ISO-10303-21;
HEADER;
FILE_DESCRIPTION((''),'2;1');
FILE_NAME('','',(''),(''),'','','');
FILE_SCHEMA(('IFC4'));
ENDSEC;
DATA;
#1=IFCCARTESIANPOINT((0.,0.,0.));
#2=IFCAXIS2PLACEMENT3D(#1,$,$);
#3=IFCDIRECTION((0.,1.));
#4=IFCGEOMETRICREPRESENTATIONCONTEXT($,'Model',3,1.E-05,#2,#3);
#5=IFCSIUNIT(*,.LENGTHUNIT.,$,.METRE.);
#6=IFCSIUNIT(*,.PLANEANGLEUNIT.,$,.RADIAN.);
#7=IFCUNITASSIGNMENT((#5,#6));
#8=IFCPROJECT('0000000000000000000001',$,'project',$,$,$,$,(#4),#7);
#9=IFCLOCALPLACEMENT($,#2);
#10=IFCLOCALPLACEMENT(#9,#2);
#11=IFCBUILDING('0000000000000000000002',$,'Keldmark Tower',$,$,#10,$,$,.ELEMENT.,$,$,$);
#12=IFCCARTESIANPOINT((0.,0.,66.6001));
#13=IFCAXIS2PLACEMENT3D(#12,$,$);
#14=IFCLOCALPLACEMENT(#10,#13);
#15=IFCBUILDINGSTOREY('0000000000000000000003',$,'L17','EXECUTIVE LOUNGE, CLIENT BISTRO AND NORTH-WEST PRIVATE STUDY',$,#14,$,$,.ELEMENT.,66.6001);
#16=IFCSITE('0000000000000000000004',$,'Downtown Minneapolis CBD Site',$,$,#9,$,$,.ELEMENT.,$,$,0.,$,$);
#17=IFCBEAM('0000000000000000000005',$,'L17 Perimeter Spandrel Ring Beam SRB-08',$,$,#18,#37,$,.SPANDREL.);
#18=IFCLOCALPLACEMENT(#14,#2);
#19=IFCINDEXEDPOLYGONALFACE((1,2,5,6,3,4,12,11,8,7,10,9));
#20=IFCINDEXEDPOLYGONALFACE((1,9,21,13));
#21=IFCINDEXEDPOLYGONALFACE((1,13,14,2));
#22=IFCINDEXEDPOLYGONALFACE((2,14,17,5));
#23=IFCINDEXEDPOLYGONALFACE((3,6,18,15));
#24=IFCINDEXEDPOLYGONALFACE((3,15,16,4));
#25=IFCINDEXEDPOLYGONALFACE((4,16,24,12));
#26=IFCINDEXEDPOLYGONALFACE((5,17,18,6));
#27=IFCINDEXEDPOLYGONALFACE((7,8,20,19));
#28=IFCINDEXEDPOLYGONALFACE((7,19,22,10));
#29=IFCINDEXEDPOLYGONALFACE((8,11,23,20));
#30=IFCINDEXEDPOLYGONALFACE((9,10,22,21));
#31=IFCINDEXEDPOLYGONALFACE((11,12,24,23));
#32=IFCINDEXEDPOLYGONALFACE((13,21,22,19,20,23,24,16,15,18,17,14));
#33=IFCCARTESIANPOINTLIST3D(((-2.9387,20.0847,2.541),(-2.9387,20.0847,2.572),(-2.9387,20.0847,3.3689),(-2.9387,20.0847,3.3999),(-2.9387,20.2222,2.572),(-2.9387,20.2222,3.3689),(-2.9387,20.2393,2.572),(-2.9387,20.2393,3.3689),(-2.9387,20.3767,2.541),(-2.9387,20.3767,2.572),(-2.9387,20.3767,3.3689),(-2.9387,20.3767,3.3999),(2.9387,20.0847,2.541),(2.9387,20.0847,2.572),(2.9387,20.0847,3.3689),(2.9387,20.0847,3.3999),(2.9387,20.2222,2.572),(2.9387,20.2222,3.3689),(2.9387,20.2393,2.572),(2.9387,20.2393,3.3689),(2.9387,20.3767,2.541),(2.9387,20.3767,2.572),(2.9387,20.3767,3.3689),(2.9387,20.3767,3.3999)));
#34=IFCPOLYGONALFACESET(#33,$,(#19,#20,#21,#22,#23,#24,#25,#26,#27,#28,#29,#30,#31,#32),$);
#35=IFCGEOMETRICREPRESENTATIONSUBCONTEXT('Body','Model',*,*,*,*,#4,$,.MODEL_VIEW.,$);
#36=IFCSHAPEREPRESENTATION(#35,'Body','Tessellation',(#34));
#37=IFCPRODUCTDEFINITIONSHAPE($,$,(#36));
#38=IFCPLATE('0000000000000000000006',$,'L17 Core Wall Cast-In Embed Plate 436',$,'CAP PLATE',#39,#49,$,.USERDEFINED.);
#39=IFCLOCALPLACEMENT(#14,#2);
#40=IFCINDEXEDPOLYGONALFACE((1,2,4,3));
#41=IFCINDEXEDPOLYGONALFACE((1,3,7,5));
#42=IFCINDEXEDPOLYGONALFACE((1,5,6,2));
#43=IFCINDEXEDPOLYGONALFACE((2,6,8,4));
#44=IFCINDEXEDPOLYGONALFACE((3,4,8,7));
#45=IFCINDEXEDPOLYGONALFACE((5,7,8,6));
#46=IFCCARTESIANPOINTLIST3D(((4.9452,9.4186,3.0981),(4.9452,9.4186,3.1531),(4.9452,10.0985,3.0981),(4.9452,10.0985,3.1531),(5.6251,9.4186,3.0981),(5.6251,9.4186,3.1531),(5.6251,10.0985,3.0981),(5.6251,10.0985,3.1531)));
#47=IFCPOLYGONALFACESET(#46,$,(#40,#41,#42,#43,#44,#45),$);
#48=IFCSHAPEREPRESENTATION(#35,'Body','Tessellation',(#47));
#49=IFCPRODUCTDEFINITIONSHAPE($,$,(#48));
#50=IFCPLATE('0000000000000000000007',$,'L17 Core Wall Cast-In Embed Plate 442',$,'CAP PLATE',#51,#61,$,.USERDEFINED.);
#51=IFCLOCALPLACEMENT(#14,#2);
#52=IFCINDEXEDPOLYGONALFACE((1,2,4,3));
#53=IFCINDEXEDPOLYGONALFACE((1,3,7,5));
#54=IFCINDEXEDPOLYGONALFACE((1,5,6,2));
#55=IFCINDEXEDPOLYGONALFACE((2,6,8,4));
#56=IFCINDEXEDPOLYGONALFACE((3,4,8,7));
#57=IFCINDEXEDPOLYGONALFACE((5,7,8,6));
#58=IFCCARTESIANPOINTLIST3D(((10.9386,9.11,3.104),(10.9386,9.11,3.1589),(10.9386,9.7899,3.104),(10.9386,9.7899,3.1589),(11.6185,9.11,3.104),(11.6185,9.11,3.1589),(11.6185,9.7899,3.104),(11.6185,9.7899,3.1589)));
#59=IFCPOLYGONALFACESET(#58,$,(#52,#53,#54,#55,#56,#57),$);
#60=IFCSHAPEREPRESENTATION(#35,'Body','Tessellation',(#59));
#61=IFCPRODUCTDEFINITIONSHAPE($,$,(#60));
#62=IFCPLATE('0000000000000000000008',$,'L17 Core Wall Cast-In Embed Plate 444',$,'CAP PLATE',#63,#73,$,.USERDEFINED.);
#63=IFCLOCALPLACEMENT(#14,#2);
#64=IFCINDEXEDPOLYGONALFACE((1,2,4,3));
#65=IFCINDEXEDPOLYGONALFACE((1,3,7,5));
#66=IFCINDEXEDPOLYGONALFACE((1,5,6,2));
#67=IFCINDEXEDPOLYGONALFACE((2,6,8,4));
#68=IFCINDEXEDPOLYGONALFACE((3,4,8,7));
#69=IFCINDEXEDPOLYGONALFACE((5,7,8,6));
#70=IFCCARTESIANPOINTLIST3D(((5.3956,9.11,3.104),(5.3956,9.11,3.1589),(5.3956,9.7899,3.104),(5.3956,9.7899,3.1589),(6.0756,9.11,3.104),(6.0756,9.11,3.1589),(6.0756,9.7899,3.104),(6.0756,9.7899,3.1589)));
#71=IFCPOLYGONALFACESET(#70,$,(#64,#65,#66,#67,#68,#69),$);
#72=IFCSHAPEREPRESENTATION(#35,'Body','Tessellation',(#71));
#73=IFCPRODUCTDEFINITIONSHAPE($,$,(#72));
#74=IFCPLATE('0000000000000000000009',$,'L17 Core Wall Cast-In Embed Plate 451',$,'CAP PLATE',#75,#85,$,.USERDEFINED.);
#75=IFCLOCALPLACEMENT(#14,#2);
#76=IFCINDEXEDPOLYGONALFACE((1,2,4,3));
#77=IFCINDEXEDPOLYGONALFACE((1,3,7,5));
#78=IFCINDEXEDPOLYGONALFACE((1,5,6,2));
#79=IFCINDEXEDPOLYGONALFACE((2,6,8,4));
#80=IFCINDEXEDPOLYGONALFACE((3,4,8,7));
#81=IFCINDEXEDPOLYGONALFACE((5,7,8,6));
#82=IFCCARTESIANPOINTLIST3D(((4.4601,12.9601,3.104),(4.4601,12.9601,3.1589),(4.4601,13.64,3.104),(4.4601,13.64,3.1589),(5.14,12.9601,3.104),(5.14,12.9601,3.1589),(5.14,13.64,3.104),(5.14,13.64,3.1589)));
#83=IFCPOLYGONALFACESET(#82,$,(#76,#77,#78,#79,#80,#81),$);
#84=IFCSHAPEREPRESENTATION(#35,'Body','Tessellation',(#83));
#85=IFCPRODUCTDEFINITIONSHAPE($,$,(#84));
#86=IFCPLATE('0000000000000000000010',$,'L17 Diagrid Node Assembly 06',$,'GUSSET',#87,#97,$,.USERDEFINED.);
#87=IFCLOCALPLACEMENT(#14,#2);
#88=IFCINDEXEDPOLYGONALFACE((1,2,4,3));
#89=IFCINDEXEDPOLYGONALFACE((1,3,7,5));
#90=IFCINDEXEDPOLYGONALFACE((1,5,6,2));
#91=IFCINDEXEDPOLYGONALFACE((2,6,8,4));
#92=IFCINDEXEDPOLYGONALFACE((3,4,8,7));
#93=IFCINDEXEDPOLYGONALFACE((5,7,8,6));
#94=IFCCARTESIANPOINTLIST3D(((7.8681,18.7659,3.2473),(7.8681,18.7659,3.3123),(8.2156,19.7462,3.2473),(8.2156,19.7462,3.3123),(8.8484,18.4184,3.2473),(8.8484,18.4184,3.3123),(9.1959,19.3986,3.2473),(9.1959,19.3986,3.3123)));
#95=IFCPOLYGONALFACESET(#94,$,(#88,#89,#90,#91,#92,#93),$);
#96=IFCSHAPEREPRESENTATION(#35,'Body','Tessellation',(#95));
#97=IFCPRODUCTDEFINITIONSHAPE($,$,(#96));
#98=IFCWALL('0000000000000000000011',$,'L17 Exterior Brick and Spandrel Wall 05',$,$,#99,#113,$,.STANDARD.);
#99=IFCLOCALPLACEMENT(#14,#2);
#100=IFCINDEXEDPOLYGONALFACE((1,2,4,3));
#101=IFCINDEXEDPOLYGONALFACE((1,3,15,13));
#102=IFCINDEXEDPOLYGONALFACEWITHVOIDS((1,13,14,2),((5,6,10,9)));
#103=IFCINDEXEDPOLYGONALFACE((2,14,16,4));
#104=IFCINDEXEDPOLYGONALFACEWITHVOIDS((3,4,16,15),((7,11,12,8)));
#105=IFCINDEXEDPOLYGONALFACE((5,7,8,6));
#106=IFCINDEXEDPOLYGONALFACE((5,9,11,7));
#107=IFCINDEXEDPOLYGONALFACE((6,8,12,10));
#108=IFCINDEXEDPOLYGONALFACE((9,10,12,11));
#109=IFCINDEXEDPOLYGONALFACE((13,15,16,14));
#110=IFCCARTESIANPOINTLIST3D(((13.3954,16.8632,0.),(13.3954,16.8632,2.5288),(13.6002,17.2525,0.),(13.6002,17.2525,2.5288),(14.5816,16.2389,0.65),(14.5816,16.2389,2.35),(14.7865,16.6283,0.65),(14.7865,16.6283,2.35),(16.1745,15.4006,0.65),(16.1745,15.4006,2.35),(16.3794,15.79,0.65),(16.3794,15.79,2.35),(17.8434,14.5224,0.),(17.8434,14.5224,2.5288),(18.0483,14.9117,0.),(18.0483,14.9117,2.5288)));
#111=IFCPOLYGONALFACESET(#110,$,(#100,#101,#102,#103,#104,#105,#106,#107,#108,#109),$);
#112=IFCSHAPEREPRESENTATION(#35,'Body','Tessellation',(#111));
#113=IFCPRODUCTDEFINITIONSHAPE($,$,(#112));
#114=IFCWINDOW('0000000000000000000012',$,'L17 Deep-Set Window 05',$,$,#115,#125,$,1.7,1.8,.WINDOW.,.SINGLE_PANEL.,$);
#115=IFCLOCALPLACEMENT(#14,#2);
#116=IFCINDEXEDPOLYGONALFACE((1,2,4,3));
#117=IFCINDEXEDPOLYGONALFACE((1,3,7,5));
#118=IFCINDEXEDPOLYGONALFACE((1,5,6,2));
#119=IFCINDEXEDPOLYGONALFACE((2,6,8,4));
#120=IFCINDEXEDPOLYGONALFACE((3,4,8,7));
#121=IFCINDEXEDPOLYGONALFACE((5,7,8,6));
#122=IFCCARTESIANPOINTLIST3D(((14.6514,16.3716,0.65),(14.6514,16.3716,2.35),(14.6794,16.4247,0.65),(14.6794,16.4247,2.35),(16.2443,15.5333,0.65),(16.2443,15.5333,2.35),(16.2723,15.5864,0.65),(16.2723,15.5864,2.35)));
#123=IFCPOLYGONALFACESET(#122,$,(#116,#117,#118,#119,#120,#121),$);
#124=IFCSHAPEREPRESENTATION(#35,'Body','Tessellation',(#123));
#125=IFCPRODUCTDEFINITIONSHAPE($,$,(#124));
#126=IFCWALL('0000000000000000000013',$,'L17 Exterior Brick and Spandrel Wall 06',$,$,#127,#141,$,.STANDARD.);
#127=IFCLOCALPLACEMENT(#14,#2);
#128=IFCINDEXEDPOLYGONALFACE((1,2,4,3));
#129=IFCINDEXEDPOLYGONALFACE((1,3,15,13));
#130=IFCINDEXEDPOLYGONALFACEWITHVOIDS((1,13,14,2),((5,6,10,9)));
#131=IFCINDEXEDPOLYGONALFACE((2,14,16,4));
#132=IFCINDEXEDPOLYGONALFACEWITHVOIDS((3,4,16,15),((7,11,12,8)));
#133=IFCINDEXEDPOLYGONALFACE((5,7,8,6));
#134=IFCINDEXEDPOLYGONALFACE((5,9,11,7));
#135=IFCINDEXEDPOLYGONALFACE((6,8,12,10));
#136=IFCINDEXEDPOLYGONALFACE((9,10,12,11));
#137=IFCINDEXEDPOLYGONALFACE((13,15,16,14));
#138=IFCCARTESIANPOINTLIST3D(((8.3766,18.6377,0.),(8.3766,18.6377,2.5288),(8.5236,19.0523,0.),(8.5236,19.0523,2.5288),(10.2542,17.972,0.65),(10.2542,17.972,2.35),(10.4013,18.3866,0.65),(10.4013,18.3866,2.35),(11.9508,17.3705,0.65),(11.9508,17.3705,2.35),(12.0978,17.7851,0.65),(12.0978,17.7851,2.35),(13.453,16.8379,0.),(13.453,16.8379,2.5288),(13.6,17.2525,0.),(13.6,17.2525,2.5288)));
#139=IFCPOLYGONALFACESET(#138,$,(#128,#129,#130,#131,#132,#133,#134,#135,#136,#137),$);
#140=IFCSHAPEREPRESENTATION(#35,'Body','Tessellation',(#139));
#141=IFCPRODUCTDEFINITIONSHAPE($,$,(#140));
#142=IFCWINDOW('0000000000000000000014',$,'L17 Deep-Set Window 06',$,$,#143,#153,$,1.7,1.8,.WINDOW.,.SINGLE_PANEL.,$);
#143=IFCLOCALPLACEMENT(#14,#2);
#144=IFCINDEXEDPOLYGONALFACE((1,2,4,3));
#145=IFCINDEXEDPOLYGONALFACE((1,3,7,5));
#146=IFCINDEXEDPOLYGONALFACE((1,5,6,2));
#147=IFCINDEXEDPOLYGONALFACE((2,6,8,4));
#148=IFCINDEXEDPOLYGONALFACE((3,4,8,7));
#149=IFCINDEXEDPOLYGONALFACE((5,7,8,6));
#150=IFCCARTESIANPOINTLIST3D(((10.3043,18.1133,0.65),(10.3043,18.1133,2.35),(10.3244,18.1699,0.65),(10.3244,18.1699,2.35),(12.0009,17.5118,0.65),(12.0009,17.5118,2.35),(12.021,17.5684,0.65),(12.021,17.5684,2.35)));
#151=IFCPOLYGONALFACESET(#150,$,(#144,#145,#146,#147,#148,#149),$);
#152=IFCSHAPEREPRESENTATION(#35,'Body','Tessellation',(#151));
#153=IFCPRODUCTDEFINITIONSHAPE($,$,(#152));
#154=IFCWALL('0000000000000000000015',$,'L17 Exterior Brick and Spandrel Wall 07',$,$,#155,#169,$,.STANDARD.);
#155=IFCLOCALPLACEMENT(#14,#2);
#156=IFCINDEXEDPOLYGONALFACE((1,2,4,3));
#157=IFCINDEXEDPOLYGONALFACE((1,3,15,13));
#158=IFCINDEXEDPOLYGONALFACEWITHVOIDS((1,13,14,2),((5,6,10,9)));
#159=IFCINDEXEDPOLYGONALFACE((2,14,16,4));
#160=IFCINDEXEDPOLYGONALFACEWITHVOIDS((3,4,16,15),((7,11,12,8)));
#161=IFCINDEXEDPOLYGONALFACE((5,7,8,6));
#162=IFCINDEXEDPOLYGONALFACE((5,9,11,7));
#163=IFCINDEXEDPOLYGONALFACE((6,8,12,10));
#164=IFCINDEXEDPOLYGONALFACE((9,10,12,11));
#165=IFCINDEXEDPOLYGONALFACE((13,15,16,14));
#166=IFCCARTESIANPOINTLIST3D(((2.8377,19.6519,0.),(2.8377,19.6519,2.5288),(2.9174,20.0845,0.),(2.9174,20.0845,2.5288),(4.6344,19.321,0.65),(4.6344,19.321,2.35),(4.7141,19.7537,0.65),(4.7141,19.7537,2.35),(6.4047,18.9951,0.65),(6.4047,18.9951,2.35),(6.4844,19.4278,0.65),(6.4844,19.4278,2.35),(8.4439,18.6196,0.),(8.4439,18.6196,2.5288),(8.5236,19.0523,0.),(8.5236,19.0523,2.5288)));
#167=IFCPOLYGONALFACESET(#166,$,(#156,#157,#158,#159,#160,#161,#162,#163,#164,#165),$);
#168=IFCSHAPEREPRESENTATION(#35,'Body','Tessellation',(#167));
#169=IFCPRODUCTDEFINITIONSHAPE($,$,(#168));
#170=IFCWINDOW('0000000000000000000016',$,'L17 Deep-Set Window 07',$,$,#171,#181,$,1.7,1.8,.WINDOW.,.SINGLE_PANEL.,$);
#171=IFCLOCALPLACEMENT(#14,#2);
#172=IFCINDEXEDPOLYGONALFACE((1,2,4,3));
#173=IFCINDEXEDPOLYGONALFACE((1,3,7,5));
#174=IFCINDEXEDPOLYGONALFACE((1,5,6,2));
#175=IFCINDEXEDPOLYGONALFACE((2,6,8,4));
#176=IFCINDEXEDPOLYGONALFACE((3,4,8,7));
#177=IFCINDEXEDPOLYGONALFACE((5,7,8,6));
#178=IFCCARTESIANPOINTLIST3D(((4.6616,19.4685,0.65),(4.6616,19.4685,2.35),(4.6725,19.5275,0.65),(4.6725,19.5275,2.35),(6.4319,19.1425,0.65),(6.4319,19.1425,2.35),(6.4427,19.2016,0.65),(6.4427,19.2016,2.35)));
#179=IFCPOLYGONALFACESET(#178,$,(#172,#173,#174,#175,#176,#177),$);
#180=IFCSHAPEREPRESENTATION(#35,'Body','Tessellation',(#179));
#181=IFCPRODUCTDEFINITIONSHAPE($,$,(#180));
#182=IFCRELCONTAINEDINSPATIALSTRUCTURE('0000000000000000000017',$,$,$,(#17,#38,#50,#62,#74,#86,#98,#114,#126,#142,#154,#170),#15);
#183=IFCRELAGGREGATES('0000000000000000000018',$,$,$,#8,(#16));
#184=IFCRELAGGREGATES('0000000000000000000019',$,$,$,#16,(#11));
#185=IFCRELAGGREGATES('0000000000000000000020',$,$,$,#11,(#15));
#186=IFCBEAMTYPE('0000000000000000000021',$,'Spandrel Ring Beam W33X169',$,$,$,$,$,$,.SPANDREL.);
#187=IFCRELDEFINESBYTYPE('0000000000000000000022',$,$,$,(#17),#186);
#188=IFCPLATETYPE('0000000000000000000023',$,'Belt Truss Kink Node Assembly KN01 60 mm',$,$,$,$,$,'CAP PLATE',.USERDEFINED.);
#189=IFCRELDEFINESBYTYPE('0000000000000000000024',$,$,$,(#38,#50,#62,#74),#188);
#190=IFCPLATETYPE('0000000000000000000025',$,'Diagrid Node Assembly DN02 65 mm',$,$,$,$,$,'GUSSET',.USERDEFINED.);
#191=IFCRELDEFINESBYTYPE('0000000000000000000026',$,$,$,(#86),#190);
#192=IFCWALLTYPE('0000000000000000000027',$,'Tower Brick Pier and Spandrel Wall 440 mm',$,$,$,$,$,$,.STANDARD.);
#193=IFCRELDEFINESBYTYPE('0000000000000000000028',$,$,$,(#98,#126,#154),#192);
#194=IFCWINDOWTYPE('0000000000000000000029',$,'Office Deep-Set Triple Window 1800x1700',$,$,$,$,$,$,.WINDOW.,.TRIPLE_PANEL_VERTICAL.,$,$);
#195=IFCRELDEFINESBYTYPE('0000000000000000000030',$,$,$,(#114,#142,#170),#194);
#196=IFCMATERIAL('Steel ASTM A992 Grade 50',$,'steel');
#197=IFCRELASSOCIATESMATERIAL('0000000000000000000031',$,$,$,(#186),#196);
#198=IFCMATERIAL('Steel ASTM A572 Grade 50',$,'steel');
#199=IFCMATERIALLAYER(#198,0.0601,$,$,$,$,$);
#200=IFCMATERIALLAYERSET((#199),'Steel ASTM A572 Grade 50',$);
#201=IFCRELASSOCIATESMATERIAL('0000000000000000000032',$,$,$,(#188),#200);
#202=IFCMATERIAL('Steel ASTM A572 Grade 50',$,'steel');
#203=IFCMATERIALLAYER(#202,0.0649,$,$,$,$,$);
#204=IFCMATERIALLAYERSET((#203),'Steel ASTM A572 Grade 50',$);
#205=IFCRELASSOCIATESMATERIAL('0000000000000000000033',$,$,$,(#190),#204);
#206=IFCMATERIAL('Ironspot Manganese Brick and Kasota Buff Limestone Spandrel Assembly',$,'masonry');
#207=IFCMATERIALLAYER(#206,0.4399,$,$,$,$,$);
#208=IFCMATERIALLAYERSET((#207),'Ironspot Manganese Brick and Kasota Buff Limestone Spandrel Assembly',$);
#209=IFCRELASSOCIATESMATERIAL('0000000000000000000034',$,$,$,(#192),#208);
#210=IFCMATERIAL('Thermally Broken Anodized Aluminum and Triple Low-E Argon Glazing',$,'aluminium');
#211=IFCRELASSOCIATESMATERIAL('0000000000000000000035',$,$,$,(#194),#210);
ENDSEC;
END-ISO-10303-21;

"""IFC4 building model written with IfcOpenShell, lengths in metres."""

from ifc_helpers import new_model, si_unit, direction, frame, frame_2d, origin, origin_2d, place, context, subcontext, project, spatial, rectangle, i_section, extrude, material, layer, layer_set, material_profile, profile_set, type_object, element, fill, save


model = new_model("IFC4")

# Units and contexts
model_context = context("Model", 3, precision=1e-05, world=origin(), true_north=direction((0.0, 1.0)))
body_context = subcontext(model_context, "Body", "Model", "MODEL_VIEW")
ifc_project = project(units=[si_unit("LENGTHUNIT", "METRE"), si_unit("PLANEANGLEUNIT", "RADIAN")], contexts=[model_context])

# Site, building, storey
site_placement = place(None, origin())
site = spatial("IfcSite", under=ifc_project, at=site_placement, Name="Downtown Minneapolis CBD Site", CompositionType="ELEMENT", RefElevation=0.0)
building_placement = place(site_placement, origin())
building = spatial("IfcBuilding", under=site, at=building_placement, Name="Keldmark Tower", CompositionType="ELEMENT")
storey_placement = place(building_placement, frame((0.0, 0.0, 66.6001)))
storey = spatial("IfcBuildingStorey", under=building, at=storey_placement, Name="L17", Description="EXECUTIVE LOUNGE, CLIENT BISTRO AND NORTH-WEST PRIVATE STUDY", CompositionType="ELEMENT", Elevation=66.6001)

# Beam
ifc_material_1 = material(Name="Steel ASTM A992 Grade 50", Category="steel")
ifc_material_profile_1 = material_profile(ifc_material_1, i_section(OverallWidth=0.292, OverallDepth=0.8589, WebThickness=0.0171, FlangeThickness=0.031, at=origin_2d()), Name="W33X169")
ifc_profile_set_1 = profile_set([ifc_material_profile_1], Name="Steel ASTM A992 Grade 50")
beam_type_1 = type_object("IfcBeamType", Name="Spandrel Ring Beam W33X169", PredefinedType="SPANDREL", material=ifc_profile_set_1)
beam_1_placement = place(storey_placement, frame((2.9387, 20.2307, 2.9705), z_axis=(-1.0, 0.0, 0.0), x_axis=(0.0, -1.0, 0.0)))
element("IfcBeam", 1, at=beam_1_placement, inside=storey, type_object=beam_type_1, Name="L17 Perimeter Spandrel Ring Beam SRB-08", PredefinedType="SPANDREL", context=body_context, shape_type="SweptSolid", body=[
    extrude(i_section(OverallWidth=0.292, OverallDepth=0.8589, WebThickness=0.0171, FlangeThickness=0.031, at=origin_2d()), origin(), (0.0, 0.0, 1.0), 5.8774),
])

# Plates
ifc_material_2 = material(Name="Steel ASTM A572 Grade 50", Category="steel")
ifc_layer_1 = layer(ifc_material_2, 0.0601)
ifc_layer_set_1 = layer_set([ifc_layer_1], Name="Steel ASTM A572 Grade 50")
plate_type_1 = type_object("IfcPlateType", Name="Belt Truss Kink Node Assembly KN01 60 mm", ElementType="CAP PLATE", PredefinedType="USERDEFINED", material=ifc_layer_set_1)
for number, where, z_axis, x_axis, name in (
    (2, (5.2852, 9.7585, 3.0981), (0.0, 0.0, 1.0), (1.0, 0.0, 0.0), "L17 Core Wall Cast-In Embed Plate 436"),
    (3, (11.2786, 9.45, 3.104), (0.0, 0.0, 1.0), (1.0, 0.0, 0.0), "L17 Core Wall Cast-In Embed Plate 442"),
    (4, (5.7356, 9.45, 3.104), (0.0, 0.0, 1.0), (1.0, 0.0, 0.0), "L17 Core Wall Cast-In Embed Plate 444"),
    (5, (4.8, 13.3, 3.104), (0.0, 0.0, 1.0), (1.0, 0.0, 0.0), "L17 Core Wall Cast-In Embed Plate 451"),
):
    element("IfcPlate", number, at=place(storey_placement, frame(where, z_axis=z_axis, x_axis=x_axis)), inside=storey, type_object=plate_type_1, Name=name, ObjectType="CAP PLATE", PredefinedType="USERDEFINED", context=body_context, shape_type="SweptSolid", body=[
        extrude(rectangle(XDim=0.6799, YDim=0.6799, at=origin_2d()), origin(), (0.0, 0.0, 1.0), 0.0549),
    ])
ifc_material_3 = material(Name="Steel ASTM A572 Grade 50", Category="steel")
ifc_layer_2 = layer(ifc_material_3, 0.0649)
ifc_layer_set_2 = layer_set([ifc_layer_2], Name="Steel ASTM A572 Grade 50")
plate_type_2 = type_object("IfcPlateType", Name="Diagrid Node Assembly DN02 65 mm", ElementType="GUSSET", PredefinedType="USERDEFINED", material=ifc_layer_set_2)
plate_placement = place(storey_placement, frame((8.532, 19.0823, 3.2473), z_axis=(0.0, 0.0, 1.0), x_axis=(-0.942525, 0.334136, 0.0)))
element("IfcPlate", 6, at=plate_placement, inside=storey, type_object=plate_type_2, Name="L17 Diagrid Node Assembly 06", ObjectType="GUSSET", PredefinedType="USERDEFINED", context=body_context, shape_type="SweptSolid", body=[
    extrude(rectangle(XDim=1.04, YDim=1.04, at=origin_2d()), origin(), (0.0, 0.0, 1.0), 0.0649),
])

# Walls, openings, windows
ifc_material_4 = material(Name="Ironspot Manganese Brick and Kasota Buff Limestone Spandrel Assembly", Category="masonry")
ifc_layer_3 = layer(ifc_material_4, 0.4399)
ifc_layer_set_3 = layer_set([ifc_layer_3], Name="Ironspot Manganese Brick and Kasota Buff Limestone Spandrel Assembly")
wall_type = type_object("IfcWallType", Name="Tower Brick Pier and Spandrel Wall 440 mm", PredefinedType="STANDARD", material=ifc_layer_set_3)
wall_1_placement = place(storey_placement, frame((13.4978, 17.0579, 0.0), z_axis=(0.0, 0.0, 1.0), x_axis=(0.884937, -0.46571, 0.0)))
wall_1 = element("IfcWall", 7, at=wall_1_placement, inside=storey, type_object=wall_type, Name="L17 Exterior Brick and Spandrel Wall 05", PredefinedType="STANDARD", context=body_context, shape_type="SweptSolid", body=[
    extrude(rectangle(XDim=5.0264, YDim=0.4399, at=frame_2d((2.5132, 0.0))), origin(), (0.0, 0.0, 1.0), 2.5288),
])
opening_1_placement = place(wall_1_placement, frame((1.3406, 0.0, 0.6499)))
opening_1 = element("IfcOpeningElement", 8, at=opening_1_placement, cuts=wall_1, PredefinedType="OPENING", context=body_context, shape_type="SweptSolid", body=[
    extrude(rectangle(XDim=1.8, YDim=1.7, at=frame_2d((0.8999, 0.8501))), frame((0.0, 0.23, 0.0), z_axis=(0.0, -1.0, 0.0), x_axis=(1.0, 0.0, 0.0)), (0.0, 0.0, 1.0), 0.46),
])
ifc_material_5 = material(Name="Thermally Broken Anodized Aluminum and Triple Low-E Argon Glazing", Category="aluminium")
window_type = type_object("IfcWindowType", Name="Office Deep-Set Triple Window 1800x1700", PartitioningType="TRIPLE_PANEL_VERTICAL", PredefinedType="WINDOW", material=ifc_material_5)
window_1_placement = place(opening_1_placement, origin())
window_1 = element("IfcWindow", 9, at=window_1_placement, inside=storey, type_object=window_type, Name="L17 Deep-Set Window 05", OverallHeight=1.7, OverallWidth=1.8, PartitioningType="SINGLE_PANEL", PredefinedType="WINDOW", context=body_context, shape_type="SweptSolid", body=[
    extrude(rectangle(XDim=1.8, YDim=1.7, at=frame_2d((0.8999, 0.8501))), frame((0.0, -0.01, 0.0), z_axis=(0.0, -1.0, 0.0), x_axis=(1.0, 0.0, 0.0)), (0.0, 0.0, 1.0), 0.0601),
])
fill(opening_1, window_1)
wall_2_placement = place(storey_placement, frame((8.4502, 18.845, 0.0), z_axis=(0.0, 0.0, 1.0), x_axis=(0.942516, -0.334162, 0.0)))
wall_2 = element("IfcWall", 10, at=wall_2_placement, inside=storey, type_object=wall_type, Name="L17 Exterior Brick and Spandrel Wall 06", PredefinedType="STANDARD", context=body_context, shape_type="SweptSolid", body=[
    extrude(rectangle(XDim=5.386, YDim=0.4399, at=frame_2d((2.6929, 0.0))), origin(), (0.0, 0.0, 1.0), 2.5288),
])
opening_2_placement = place(wall_2_placement, frame((1.9922, 0.0, 0.6499)))
opening_2 = element("IfcOpeningElement", 11, at=opening_2_placement, cuts=wall_2, PredefinedType="OPENING", context=body_context, shape_type="SweptSolid", body=[
    extrude(rectangle(XDim=1.8, YDim=1.7, at=frame_2d((0.8999, 0.8501))), frame((0.0, 0.23, 0.0), z_axis=(0.0, -1.0, 0.0), x_axis=(1.0, 0.0, 0.0)), (0.0, 0.0, 1.0), 0.46),
])
window_2_placement = place(opening_2_placement, origin())
window_2 = element("IfcWindow", 12, at=window_2_placement, inside=storey, type_object=window_type, Name="L17 Deep-Set Window 06", OverallHeight=1.7, OverallWidth=1.8, PartitioningType="SINGLE_PANEL", PredefinedType="WINDOW", context=body_context, shape_type="SweptSolid", body=[
    extrude(rectangle(XDim=1.8, YDim=1.7, at=frame_2d((0.8999, 0.8501))), frame((0.0, -0.01, 0.0), z_axis=(0.0, -1.0, 0.0), x_axis=(1.0, 0.0, 0.0)), (0.0, 0.0, 1.0), 0.0601),
])
fill(opening_2, window_2)
wall_3_placement = place(storey_placement, frame((2.8777, 19.8682, 0.0), z_axis=(0.0, 0.0, 1.0), x_axis=(0.983469, -0.181078, 0.0)))
wall_3 = element("IfcWall", 13, at=wall_3_placement, inside=storey, type_object=wall_type, Name="L17 Exterior Brick and Spandrel Wall 07", PredefinedType="STANDARD", context=body_context, shape_type="SweptSolid", body=[
    extrude(rectangle(XDim=5.7004, YDim=0.4399, at=frame_2d((2.8501, 0.0))), origin(), (0.0, 0.0, 1.0), 2.5288),
])
opening_3_placement = place(wall_3_placement, frame((1.8269, 0.0, 0.6499)))
opening_3 = element("IfcOpeningElement", 14, at=opening_3_placement, cuts=wall_3, PredefinedType="OPENING", context=body_context, shape_type="SweptSolid", body=[
    extrude(rectangle(XDim=1.8, YDim=1.7, at=frame_2d((0.8999, 0.8501))), frame((0.0, 0.23, 0.0), z_axis=(0.0, -1.0, 0.0), x_axis=(1.0, 0.0, 0.0)), (0.0, 0.0, 1.0), 0.46),
])
window_3_placement = place(opening_3_placement, origin())
window_3 = element("IfcWindow", 15, at=window_3_placement, inside=storey, type_object=window_type, Name="L17 Deep-Set Window 07", OverallHeight=1.7, OverallWidth=1.8, PartitioningType="SINGLE_PANEL", PredefinedType="WINDOW", context=body_context, shape_type="SweptSolid", body=[
    extrude(rectangle(XDim=1.8, YDim=1.7, at=frame_2d((0.8999, 0.8501))), frame((0.0, -0.01, 0.0), z_axis=(0.0, -1.0, 0.0), x_axis=(1.0, 0.0, 0.0)), (0.0, 0.0, 1.0), 0.0601),
])
fill(opening_3, window_3)

save(model, "model.ifc")
